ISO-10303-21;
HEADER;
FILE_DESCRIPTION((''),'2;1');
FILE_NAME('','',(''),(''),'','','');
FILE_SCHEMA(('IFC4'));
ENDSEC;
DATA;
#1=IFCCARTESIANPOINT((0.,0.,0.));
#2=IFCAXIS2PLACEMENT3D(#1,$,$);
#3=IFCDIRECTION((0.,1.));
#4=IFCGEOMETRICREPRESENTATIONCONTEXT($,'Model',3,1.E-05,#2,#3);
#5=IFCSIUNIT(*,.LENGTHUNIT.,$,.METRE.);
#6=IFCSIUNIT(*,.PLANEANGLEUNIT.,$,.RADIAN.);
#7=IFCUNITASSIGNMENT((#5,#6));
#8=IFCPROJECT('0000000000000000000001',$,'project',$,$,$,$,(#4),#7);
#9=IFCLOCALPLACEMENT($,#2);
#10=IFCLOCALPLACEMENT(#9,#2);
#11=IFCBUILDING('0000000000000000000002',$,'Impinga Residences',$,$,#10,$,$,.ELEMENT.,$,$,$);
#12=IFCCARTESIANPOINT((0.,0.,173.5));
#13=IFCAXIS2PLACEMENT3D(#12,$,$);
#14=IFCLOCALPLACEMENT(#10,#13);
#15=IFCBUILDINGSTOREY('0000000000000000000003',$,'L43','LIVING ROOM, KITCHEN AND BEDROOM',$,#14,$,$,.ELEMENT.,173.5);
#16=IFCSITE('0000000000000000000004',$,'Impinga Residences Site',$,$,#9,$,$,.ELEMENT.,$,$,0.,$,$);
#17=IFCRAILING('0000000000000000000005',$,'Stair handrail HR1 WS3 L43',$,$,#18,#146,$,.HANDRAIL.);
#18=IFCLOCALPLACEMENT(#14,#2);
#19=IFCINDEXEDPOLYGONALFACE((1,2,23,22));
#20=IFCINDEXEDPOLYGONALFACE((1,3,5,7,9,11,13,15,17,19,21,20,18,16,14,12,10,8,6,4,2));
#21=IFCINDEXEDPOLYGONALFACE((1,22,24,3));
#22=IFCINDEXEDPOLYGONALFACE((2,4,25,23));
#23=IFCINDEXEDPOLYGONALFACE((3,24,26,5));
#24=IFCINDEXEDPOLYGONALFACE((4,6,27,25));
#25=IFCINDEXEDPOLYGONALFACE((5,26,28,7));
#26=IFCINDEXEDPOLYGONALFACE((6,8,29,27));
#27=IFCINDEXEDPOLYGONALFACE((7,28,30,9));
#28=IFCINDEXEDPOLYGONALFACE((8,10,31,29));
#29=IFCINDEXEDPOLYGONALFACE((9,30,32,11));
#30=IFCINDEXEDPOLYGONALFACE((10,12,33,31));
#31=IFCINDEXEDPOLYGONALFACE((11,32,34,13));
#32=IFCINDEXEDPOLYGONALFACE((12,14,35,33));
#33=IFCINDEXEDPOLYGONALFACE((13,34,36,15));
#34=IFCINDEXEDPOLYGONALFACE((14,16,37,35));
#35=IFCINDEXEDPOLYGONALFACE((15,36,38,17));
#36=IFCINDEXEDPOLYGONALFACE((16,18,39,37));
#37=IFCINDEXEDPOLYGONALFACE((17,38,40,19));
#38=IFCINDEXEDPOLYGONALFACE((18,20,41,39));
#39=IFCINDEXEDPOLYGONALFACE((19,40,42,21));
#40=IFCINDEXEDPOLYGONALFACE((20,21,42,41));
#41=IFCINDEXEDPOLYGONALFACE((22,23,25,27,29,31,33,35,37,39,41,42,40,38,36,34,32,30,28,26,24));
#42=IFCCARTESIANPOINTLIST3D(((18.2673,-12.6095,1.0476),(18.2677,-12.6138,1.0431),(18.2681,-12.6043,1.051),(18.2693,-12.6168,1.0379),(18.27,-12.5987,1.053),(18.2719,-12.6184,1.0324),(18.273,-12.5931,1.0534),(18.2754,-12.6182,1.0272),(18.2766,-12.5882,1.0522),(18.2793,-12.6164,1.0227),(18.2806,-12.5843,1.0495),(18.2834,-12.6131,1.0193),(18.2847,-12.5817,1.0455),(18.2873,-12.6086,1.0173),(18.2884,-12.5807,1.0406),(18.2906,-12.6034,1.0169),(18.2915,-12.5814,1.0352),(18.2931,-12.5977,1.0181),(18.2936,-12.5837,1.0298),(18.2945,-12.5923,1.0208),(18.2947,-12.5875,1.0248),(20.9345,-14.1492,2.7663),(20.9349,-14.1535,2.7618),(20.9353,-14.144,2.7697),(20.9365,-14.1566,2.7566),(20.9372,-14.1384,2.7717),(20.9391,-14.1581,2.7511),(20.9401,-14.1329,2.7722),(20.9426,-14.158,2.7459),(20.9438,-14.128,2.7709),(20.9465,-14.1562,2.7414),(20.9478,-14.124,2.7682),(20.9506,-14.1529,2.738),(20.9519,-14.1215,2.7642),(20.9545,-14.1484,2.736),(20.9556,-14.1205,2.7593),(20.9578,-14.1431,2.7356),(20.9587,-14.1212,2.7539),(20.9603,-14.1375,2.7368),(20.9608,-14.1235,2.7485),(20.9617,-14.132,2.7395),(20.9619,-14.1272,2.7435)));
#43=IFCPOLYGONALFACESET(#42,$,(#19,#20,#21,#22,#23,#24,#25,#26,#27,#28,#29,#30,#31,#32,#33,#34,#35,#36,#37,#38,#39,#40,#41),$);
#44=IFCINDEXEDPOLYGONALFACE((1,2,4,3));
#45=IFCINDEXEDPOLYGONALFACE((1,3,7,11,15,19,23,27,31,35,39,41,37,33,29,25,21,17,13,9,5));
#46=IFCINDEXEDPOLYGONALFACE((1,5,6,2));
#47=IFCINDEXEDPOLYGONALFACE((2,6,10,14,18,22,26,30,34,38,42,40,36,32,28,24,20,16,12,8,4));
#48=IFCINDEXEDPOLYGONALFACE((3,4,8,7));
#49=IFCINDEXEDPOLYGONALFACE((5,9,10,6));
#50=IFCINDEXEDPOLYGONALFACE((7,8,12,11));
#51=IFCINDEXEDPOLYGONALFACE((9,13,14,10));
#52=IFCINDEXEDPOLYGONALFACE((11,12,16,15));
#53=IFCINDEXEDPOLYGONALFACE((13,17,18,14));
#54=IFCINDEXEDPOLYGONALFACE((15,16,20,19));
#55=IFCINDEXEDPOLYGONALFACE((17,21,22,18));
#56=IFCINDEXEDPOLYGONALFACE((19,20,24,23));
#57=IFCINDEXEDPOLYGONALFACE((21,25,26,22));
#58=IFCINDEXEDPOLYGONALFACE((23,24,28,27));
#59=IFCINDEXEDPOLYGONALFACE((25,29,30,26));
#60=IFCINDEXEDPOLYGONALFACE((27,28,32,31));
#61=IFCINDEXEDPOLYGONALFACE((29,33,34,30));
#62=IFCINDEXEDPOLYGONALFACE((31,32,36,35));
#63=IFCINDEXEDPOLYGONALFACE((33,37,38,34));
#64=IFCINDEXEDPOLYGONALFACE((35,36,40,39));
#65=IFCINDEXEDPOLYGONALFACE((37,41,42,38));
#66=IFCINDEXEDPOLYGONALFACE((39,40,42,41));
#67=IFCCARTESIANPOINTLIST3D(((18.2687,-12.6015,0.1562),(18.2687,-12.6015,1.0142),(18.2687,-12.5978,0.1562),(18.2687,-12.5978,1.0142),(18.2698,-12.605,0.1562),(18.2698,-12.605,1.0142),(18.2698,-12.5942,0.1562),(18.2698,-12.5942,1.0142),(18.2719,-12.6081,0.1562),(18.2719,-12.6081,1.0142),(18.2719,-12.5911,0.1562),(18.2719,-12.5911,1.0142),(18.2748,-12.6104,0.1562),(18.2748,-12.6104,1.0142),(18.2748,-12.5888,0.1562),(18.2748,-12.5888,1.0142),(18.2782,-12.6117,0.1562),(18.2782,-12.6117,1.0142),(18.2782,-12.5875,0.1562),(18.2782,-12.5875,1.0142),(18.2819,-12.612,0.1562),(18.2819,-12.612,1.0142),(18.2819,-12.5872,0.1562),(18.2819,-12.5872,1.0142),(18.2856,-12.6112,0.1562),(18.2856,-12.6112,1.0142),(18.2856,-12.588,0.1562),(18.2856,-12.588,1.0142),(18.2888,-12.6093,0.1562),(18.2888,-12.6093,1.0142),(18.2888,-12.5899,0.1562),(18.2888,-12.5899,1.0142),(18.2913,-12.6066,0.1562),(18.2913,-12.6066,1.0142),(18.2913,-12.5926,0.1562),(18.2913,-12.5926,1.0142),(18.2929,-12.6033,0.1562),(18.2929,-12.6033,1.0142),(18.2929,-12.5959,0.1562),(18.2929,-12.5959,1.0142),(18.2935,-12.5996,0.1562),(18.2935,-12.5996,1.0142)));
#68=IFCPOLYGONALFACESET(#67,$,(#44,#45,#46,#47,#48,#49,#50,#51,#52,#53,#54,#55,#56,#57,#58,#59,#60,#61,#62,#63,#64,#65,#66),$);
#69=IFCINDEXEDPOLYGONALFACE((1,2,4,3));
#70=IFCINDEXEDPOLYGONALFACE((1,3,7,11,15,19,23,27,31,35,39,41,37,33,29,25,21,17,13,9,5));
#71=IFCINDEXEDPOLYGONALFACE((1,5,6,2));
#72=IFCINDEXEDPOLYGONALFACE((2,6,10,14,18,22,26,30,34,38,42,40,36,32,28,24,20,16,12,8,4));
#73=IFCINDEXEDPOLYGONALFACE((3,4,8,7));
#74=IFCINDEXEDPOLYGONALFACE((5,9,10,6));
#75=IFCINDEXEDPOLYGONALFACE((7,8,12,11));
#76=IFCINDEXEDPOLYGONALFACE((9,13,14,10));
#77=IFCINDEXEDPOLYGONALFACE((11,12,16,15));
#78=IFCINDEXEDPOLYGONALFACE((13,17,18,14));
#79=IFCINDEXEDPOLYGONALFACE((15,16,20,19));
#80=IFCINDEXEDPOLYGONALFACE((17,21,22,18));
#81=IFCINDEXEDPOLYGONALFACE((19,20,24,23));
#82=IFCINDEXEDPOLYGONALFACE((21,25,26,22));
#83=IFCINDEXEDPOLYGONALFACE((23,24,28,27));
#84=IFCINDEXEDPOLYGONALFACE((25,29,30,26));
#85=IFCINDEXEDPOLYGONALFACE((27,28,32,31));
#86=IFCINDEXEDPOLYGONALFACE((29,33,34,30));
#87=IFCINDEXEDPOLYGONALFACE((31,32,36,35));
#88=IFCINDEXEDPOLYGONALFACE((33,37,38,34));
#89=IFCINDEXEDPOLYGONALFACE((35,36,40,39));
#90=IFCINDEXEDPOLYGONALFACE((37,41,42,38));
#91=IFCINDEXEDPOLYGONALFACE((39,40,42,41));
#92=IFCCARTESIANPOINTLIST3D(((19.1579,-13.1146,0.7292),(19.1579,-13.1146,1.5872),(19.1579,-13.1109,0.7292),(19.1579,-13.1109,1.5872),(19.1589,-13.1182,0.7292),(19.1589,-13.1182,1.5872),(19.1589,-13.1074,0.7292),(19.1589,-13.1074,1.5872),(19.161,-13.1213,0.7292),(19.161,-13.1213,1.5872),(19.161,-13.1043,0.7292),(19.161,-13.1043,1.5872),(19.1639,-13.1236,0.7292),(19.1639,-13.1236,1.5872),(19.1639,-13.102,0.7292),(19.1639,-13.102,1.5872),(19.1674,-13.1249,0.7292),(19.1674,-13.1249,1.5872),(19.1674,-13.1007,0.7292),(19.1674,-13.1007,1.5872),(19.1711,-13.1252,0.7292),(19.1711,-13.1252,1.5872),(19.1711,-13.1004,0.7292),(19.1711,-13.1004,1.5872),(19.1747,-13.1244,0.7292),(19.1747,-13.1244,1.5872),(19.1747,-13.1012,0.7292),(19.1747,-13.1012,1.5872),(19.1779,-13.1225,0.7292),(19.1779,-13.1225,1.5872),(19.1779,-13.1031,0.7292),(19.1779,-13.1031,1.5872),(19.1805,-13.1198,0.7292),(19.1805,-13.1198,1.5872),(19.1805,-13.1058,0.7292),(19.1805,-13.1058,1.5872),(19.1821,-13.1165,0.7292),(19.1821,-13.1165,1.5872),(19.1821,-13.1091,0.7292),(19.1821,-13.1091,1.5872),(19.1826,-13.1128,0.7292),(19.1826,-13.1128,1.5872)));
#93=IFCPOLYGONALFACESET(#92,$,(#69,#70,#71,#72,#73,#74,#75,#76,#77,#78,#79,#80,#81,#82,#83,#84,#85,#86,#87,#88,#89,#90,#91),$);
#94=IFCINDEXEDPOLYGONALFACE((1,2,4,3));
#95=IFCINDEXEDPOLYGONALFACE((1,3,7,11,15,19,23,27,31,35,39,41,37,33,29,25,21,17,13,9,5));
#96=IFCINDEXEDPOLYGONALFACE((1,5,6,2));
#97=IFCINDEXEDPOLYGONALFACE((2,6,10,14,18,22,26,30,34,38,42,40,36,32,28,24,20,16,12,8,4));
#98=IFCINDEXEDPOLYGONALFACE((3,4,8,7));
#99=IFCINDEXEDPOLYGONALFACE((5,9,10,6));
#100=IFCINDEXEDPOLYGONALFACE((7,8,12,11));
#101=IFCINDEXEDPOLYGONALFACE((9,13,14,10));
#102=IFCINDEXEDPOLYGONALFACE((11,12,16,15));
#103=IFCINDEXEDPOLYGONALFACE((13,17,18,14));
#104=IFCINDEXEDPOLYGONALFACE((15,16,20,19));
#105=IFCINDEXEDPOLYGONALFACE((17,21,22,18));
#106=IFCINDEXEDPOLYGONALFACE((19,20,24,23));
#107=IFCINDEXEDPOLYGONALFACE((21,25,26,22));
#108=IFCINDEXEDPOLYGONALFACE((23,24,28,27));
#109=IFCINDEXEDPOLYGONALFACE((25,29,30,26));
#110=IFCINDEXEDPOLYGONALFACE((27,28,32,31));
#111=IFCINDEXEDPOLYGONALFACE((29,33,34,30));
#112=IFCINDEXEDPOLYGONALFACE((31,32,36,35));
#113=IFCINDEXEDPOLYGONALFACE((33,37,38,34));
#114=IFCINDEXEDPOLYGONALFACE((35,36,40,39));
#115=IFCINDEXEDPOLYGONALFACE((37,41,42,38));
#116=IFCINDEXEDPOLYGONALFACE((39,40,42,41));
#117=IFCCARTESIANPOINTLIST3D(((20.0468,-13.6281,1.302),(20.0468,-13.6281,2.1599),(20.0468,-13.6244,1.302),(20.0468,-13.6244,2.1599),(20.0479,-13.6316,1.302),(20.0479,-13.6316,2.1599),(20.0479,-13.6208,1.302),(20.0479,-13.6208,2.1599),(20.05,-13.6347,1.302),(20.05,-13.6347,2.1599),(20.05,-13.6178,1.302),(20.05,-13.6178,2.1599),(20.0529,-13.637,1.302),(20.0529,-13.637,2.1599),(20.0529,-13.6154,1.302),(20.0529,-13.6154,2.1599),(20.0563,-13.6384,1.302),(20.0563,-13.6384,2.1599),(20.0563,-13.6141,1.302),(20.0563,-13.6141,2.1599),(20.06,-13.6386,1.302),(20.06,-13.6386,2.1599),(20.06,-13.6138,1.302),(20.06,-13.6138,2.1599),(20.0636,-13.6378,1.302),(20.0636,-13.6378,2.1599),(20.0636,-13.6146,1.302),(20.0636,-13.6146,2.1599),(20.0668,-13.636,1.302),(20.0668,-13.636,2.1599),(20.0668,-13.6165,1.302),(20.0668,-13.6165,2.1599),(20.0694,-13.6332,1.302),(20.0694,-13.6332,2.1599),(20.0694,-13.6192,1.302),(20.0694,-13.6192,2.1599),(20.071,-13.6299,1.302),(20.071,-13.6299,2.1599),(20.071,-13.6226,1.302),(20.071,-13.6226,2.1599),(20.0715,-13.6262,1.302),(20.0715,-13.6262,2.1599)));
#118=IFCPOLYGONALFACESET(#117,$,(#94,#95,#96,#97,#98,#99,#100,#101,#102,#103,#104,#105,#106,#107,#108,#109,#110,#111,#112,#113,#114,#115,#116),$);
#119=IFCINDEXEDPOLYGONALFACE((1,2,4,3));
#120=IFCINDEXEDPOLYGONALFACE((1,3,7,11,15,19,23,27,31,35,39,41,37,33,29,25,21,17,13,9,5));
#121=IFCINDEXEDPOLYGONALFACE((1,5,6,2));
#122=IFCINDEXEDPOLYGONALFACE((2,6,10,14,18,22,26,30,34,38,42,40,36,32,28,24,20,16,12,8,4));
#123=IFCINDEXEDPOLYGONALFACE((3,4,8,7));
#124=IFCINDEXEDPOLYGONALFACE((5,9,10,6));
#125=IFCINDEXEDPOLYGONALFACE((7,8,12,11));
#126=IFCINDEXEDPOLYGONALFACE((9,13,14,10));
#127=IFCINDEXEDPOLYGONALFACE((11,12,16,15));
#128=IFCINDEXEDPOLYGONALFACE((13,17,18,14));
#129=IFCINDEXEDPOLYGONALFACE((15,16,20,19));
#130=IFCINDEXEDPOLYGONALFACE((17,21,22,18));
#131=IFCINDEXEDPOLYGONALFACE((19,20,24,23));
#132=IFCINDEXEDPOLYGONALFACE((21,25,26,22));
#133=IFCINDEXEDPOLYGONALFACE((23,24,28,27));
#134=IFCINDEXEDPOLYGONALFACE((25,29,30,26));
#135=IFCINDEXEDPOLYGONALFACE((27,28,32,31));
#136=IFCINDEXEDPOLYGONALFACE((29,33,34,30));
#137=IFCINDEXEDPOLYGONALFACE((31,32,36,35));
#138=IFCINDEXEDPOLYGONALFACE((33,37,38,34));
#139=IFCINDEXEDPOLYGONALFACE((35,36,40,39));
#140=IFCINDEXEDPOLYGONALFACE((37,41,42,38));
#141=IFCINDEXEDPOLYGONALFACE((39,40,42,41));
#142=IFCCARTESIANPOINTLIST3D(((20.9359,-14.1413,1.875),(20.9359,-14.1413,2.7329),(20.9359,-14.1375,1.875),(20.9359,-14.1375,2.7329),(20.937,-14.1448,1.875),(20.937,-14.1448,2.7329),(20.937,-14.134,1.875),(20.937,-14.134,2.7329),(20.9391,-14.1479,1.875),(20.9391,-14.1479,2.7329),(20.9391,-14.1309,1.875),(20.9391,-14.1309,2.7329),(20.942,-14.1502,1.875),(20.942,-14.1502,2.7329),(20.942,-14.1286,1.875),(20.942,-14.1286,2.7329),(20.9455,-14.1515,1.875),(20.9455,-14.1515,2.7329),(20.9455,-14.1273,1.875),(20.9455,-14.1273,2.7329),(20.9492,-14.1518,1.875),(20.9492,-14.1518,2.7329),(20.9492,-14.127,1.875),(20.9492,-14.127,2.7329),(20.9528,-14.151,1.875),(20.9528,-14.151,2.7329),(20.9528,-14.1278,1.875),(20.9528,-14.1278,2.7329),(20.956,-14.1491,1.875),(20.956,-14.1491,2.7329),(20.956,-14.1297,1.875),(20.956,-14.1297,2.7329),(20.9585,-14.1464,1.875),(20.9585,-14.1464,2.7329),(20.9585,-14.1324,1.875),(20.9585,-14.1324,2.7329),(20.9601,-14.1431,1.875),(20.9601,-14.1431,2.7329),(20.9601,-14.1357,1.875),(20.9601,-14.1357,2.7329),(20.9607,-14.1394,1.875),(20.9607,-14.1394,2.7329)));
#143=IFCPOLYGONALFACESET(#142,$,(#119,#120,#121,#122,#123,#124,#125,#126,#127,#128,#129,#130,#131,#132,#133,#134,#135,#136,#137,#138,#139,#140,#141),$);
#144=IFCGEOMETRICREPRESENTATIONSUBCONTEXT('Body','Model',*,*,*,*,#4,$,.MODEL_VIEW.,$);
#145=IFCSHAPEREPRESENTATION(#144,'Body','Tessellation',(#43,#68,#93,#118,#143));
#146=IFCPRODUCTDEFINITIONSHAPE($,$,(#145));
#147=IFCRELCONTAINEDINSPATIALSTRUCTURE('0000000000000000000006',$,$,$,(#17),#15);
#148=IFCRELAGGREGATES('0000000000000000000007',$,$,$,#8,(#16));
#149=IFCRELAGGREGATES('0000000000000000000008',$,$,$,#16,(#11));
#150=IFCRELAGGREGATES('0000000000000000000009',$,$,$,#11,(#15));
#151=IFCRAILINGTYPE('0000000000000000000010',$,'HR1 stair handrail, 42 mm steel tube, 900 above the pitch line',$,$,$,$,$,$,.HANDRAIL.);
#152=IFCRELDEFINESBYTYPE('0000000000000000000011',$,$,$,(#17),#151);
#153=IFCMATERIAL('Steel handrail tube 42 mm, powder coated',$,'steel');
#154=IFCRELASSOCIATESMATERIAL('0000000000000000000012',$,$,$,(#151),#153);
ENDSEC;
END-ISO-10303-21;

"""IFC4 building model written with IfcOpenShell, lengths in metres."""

from ifc_helpers import new_model, si_unit, direction, frame, origin, origin_2d, place, context, subcontext, project, spatial, circle, extrude, material, type_object, element, save


model = new_model("IFC4")

# Units and contexts
model_context = context("Model", 3, precision=1e-05, world=origin(), true_north=direction((0.0, 1.0)))
body_context = subcontext(model_context, "Body", "Model", "MODEL_VIEW")
ifc_project = project(units=[si_unit("LENGTHUNIT", "METRE"), si_unit("PLANEANGLEUNIT", "RADIAN")], contexts=[model_context])

# Site, building, storey
site_placement = place(None, origin())
site = spatial("IfcSite", under=ifc_project, at=site_placement, Name="Impinga Residences Site", CompositionType="ELEMENT", RefElevation=0.0)
building_placement = place(site_placement, origin())
building = spatial("IfcBuilding", under=site, at=building_placement, Name="Impinga Residences", CompositionType="ELEMENT")
storey_placement = place(building_placement, frame((0.0, 0.0, 173.5)))
storey = spatial("IfcBuildingStorey", under=building, at=storey_placement, Name="L43", Description="LIVING ROOM, KITCHEN AND BEDROOM", CompositionType="ELEMENT", Elevation=173.5)

# Railing
ifc_material_1 = material(Name="Steel handrail tube 42 mm, powder coated", Category="steel")
railing_type_1 = type_object("IfcRailingType", Name="HR1 stair handrail, 42 mm steel tube, 900 above the pitch line", PredefinedType="HANDRAIL", material=ifc_material_1)
railing_1_placement = place(storey_placement, frame((18.281, -12.5996, 0.1562)))
element("IfcRailing", 1, at=railing_1_placement, inside=storey, type_object=railing_type_1, Name="Stair handrail HR1 WS3 L43", PredefinedType="HANDRAIL", context=body_context, shape_type="SweptSolid", body=[
    extrude(circle(Radius=0.021, at=origin_2d()), frame((0.0, 0.0, 0.8789), z_axis=(0.756249, -0.436582, 0.487322), x_axis=(0.499967, 0.866044, 0.0)), (0.0, 0.0, 1.0), 3.5269),
    extrude(circle(Radius=0.0125, at=origin_2d()), origin(), (0.0, 0.0, 1.0), 0.8579),
    extrude(circle(Radius=0.0125, at=origin_2d()), frame((0.8892, -0.5132, 0.573)), (0.0, 0.0, 1.0), 0.8579),
    extrude(circle(Radius=0.0125, at=origin_2d()), frame((1.7781, -1.0266, 1.1458)), (0.0, 0.0, 1.0), 0.8579),
    extrude(circle(Radius=0.0125, at=origin_2d()), frame((2.6672, -1.5398, 1.7188)), (0.0, 0.0, 1.0), 0.8579),
])

save(model, "model.ifc")
